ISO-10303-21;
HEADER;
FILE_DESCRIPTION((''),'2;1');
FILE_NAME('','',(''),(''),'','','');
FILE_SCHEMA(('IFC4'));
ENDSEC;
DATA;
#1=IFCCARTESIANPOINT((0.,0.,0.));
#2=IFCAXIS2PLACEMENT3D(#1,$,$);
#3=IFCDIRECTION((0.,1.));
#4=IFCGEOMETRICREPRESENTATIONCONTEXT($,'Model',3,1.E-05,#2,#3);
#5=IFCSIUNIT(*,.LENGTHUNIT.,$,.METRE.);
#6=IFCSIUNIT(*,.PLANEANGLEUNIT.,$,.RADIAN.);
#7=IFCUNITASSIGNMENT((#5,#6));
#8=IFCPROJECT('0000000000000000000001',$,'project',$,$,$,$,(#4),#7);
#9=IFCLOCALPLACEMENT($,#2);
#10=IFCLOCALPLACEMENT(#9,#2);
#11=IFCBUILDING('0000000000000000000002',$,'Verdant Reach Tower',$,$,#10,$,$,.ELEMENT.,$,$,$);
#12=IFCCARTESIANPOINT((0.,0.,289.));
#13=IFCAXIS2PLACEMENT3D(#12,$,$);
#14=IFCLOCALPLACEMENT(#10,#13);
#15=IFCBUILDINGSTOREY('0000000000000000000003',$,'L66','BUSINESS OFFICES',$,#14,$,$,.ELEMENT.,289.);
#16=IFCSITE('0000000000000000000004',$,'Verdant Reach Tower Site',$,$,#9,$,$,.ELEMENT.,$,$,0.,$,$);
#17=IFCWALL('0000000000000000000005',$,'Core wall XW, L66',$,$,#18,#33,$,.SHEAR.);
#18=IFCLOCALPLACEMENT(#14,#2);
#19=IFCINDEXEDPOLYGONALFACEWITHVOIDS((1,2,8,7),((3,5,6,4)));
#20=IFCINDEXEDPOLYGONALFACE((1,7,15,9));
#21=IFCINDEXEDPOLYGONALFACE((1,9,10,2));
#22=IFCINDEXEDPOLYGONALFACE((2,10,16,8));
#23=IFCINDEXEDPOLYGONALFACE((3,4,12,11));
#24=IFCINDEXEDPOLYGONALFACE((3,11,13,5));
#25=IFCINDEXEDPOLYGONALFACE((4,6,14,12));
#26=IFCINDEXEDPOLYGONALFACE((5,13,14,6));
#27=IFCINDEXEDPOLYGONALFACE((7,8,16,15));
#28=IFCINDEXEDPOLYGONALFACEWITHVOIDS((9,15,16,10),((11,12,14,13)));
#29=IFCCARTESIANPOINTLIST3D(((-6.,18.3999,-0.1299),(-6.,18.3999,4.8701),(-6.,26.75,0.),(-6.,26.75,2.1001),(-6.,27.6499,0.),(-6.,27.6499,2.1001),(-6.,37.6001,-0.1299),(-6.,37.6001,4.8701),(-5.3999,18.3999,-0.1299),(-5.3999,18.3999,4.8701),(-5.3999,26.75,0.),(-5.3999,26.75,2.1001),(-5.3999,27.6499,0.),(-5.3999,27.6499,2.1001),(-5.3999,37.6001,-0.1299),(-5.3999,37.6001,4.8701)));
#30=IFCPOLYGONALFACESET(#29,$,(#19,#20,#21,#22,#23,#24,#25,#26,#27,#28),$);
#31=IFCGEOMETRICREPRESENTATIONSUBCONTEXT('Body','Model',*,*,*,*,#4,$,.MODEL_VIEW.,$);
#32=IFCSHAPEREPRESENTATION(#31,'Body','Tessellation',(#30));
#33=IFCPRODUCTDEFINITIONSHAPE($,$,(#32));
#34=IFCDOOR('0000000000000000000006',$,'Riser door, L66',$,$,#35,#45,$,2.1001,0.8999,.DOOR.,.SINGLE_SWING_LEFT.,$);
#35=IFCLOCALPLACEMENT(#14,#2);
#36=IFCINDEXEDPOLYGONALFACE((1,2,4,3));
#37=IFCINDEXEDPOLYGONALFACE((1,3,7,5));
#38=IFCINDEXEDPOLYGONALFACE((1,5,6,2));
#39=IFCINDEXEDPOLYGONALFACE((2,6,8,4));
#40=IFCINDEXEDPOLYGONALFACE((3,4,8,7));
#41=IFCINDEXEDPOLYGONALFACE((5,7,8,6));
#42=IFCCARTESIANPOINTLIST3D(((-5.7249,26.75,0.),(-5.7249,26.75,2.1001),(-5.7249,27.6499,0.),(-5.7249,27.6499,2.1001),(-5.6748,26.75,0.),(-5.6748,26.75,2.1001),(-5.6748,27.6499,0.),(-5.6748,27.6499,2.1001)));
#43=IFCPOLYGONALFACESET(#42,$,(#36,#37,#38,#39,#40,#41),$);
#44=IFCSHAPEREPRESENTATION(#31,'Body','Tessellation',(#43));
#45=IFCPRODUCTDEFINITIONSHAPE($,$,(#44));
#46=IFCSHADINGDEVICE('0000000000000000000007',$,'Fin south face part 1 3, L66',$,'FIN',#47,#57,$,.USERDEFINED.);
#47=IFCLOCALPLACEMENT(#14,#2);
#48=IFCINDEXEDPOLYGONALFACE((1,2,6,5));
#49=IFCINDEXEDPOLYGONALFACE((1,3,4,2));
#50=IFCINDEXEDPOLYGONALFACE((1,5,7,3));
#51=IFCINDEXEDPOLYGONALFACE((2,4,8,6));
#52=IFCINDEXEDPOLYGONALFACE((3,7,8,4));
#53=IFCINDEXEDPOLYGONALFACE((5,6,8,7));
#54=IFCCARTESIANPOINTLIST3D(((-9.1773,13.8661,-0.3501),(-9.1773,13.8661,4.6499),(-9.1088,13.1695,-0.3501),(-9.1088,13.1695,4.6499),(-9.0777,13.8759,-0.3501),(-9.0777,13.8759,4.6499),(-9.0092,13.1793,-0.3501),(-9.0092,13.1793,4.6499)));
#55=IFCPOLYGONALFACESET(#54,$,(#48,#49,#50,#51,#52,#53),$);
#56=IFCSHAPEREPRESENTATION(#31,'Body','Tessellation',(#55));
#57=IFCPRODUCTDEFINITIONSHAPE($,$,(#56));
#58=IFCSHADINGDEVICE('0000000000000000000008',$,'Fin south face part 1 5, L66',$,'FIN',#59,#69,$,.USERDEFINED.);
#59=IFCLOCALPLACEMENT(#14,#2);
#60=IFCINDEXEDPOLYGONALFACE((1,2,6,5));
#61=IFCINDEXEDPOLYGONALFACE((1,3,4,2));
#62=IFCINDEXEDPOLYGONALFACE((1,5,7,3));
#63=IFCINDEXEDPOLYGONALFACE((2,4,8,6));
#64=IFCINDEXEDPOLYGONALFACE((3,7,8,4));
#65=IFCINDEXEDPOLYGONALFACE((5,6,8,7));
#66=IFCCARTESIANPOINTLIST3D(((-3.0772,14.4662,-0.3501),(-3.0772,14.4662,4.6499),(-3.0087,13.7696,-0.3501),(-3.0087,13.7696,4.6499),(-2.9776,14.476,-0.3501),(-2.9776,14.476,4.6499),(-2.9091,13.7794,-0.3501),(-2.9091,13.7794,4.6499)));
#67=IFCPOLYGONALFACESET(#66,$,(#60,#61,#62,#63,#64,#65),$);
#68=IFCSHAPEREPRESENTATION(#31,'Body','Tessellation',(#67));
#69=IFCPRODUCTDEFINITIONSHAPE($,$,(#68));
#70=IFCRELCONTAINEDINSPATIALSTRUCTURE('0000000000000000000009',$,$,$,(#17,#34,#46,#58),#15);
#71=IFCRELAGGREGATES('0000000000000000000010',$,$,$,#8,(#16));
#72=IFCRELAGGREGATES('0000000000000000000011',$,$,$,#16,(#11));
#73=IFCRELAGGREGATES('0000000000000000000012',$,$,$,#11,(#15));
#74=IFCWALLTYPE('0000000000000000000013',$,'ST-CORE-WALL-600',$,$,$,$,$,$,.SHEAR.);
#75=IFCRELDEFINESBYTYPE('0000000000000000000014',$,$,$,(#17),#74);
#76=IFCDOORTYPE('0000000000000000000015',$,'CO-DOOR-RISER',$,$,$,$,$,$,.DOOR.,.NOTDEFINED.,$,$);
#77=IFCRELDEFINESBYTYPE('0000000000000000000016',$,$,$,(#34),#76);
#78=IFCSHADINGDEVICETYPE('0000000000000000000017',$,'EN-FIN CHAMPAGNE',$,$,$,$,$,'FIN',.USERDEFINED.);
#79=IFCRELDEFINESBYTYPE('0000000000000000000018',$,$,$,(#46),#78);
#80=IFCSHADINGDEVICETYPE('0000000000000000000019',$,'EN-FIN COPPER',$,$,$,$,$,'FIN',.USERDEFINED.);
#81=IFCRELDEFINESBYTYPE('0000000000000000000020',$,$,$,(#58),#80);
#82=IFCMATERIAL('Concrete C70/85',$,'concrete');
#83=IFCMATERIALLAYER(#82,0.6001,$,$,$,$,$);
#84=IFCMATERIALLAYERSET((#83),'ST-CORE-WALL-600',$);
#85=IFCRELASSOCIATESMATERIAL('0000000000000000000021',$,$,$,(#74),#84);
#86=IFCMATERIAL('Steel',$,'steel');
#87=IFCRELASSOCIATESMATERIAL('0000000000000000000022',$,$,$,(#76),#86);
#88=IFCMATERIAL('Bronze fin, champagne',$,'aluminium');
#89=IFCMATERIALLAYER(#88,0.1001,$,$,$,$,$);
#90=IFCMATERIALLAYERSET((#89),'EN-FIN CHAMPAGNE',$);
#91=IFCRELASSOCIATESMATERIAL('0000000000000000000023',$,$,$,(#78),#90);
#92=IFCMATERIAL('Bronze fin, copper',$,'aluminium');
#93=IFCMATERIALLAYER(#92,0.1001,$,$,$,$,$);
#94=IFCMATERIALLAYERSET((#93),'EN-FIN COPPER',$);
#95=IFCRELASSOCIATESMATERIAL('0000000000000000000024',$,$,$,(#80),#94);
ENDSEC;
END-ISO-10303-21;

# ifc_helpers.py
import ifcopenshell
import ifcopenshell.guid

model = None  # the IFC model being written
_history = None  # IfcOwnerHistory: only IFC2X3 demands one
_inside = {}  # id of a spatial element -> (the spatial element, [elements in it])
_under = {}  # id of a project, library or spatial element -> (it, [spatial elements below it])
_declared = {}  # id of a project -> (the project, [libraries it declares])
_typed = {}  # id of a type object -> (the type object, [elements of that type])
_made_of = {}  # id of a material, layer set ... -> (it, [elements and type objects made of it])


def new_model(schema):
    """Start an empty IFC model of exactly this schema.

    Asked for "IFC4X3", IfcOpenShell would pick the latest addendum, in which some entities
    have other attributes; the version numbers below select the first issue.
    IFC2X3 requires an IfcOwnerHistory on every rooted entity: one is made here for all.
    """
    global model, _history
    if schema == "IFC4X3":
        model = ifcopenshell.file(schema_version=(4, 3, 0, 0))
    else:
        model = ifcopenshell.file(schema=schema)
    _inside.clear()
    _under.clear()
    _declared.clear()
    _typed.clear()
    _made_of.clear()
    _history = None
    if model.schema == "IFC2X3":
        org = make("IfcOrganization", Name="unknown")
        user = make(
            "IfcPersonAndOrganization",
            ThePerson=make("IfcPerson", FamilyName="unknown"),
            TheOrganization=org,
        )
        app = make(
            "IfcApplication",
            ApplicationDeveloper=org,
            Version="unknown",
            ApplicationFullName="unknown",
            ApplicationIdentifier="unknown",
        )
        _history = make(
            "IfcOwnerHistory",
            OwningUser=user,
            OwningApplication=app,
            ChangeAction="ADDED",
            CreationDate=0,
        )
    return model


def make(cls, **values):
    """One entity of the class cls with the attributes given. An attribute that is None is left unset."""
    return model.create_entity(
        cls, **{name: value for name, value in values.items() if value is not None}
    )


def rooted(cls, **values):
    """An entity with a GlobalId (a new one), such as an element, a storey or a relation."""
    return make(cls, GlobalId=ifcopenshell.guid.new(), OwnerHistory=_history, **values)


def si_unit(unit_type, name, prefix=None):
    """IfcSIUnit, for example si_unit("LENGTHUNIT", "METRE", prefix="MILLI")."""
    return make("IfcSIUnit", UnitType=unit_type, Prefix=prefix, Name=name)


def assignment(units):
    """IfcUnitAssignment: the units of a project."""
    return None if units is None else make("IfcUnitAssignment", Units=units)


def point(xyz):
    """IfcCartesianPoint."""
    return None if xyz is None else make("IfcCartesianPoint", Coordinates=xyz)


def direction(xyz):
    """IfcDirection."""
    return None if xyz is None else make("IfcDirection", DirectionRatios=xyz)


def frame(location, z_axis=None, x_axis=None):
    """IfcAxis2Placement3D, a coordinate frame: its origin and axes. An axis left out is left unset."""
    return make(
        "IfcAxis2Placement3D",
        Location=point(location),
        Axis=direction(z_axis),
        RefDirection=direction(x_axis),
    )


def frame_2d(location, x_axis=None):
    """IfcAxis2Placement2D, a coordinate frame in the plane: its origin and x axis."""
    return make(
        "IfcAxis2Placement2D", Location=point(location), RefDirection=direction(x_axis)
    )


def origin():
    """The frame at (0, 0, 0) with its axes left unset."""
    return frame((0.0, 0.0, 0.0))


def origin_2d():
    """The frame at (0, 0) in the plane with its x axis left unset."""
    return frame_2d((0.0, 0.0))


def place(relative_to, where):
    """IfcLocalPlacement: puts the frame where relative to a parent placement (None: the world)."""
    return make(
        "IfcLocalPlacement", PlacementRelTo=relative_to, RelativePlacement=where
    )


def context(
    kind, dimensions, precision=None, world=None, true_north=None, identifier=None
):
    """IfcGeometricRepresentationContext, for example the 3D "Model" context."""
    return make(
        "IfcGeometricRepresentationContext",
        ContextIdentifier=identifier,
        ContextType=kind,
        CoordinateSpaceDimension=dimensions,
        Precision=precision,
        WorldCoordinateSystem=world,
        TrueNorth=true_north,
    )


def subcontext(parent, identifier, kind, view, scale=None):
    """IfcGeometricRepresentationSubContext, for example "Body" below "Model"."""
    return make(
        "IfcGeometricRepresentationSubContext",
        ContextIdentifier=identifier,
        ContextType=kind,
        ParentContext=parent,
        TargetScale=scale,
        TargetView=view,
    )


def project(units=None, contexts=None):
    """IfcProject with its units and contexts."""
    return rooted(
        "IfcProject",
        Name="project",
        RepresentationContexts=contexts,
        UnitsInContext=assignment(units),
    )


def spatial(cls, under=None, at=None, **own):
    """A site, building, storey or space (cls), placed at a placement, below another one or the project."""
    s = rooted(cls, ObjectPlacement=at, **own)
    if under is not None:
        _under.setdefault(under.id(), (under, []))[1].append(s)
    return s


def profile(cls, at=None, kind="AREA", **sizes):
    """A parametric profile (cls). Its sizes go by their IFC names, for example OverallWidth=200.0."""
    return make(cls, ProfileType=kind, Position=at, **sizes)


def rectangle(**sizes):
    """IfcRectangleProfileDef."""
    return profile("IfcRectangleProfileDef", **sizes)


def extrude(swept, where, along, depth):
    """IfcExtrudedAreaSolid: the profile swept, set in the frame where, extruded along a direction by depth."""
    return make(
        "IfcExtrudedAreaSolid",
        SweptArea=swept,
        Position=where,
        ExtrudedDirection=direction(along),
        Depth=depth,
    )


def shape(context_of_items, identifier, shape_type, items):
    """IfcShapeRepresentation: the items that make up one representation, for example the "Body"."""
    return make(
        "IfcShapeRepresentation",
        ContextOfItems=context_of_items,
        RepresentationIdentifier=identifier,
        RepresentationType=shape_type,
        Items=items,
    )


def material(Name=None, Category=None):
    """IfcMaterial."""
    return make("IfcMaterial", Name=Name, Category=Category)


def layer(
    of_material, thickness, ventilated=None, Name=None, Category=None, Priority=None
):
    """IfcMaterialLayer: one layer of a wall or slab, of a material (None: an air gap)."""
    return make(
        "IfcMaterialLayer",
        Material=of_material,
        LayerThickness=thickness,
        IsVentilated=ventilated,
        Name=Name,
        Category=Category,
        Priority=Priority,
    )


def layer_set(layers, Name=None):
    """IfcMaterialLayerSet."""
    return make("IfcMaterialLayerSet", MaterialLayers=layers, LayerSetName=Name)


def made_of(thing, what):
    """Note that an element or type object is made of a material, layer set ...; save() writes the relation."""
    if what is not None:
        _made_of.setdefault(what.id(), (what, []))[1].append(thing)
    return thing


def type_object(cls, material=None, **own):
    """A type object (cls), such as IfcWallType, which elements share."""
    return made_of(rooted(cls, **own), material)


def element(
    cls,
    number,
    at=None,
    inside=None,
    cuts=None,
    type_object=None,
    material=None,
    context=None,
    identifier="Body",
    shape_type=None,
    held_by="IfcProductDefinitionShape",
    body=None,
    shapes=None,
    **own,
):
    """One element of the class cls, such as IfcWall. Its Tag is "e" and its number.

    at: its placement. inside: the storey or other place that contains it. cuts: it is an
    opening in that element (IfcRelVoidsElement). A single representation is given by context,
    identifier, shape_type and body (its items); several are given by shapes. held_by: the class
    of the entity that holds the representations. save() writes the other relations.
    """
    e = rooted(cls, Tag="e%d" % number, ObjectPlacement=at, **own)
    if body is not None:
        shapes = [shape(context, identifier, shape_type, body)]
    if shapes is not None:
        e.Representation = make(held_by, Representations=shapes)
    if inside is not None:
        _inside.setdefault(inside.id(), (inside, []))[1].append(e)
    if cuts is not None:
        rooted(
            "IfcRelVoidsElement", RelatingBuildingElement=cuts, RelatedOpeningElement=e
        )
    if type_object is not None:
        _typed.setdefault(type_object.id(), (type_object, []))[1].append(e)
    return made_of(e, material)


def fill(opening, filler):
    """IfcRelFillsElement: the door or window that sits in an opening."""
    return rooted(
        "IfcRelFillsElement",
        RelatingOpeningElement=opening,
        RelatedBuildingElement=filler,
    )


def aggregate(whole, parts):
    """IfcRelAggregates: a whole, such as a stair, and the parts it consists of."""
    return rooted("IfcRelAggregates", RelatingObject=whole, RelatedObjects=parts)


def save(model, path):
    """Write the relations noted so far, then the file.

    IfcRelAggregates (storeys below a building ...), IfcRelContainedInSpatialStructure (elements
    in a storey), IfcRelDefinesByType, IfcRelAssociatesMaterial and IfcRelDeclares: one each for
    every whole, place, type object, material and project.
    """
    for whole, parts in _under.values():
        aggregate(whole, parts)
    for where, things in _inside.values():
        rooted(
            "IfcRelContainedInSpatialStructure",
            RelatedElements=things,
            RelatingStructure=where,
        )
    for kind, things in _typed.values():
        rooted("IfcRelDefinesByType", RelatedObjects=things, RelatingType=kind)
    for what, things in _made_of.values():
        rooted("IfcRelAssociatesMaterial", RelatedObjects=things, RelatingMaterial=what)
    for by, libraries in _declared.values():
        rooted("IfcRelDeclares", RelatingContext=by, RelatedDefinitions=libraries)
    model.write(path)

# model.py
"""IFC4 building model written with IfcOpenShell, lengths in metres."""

from ifc_helpers import new_model, si_unit, direction, frame, frame_2d, origin, origin_2d, place, context, subcontext, project, spatial, rectangle, extrude, material, layer, layer_set, type_object, element, fill, save


model = new_model("IFC4")

# Units and contexts
model_context = context("Model", 3, precision=1e-05, world=origin(), true_north=direction((0.0, 1.0)))
body_context = subcontext(model_context, "Body", "Model", "MODEL_VIEW")
ifc_project = project(units=[si_unit("LENGTHUNIT", "METRE"), si_unit("PLANEANGLEUNIT", "RADIAN")], contexts=[model_context])

# Site, building, storey
site_placement = place(None, origin())
site = spatial("IfcSite", under=ifc_project, at=site_placement, Name="Verdant Reach Tower Site", CompositionType="ELEMENT", RefElevation=0.0)
building_placement = place(site_placement, origin())
building = spatial("IfcBuilding", under=site, at=building_placement, Name="Verdant Reach Tower", CompositionType="ELEMENT")
storey_placement = place(building_placement, frame((0.0, 0.0, 289.0)))
storey = spatial("IfcBuildingStorey", under=building, at=storey_placement, Name="L66", Description="BUSINESS OFFICES", CompositionType="ELEMENT", Elevation=289.0)

# Shared definitions
ifc_material_1 = material(Name="Concrete C70/85", Category="concrete")
ifc_layer_1 = layer(ifc_material_1, 0.6001)
ifc_layer_set_1 = layer_set([ifc_layer_1], Name="ST-CORE-WALL-600")
wall_type_1 = type_object("IfcWallType", Name="ST-CORE-WALL-600", PredefinedType="SHEAR", material=ifc_layer_set_1)

# Shared definitions
ifc_material_2 = material(Name="Steel", Category="steel")

# Wall, opening, door
wall_1_placement = place(storey_placement, frame((-5.7, 18.3999, -0.1299), z_axis=(0.0, 0.0, 1.0), x_axis=(0.0, 1.0, 0.0)))
wall_1 = element("IfcWall", 1, at=wall_1_placement, inside=storey, type_object=wall_type_1, Name="Core wall XW, L66", PredefinedType="SHEAR", context=body_context, shape_type="SweptSolid", body=[
    extrude(rectangle(XDim=19.2002, YDim=0.6001, at=frame_2d((9.6001, 0.0))), origin(), (0.0, 0.0, 1.0), 5.0),
])
opening_1_placement = place(wall_1_placement, frame((8.3501, 0.0, 0.1299)))
opening_1 = element("IfcOpeningElement", 2, at=opening_1_placement, cuts=wall_1, PredefinedType="OPENING", context=body_context, shape_type="SweptSolid", body=[
    extrude(rectangle(XDim=0.8999, YDim=2.1001, at=frame_2d((0.45, 1.05))), frame((0.0, 0.3101, 0.0), z_axis=(0.0, -1.0, 0.0), x_axis=(1.0, 0.0, 0.0)), (0.0, 0.0, 1.0), 0.6201),
])
door_type_1 = type_object("IfcDoorType", Name="CO-DOOR-RISER", OperationType="NOTDEFINED", PredefinedType="DOOR", material=ifc_material_2)
door_1_placement = place(opening_1_placement, origin())
door_1 = element("IfcDoor", 3, at=door_1_placement, inside=storey, type_object=door_type_1, Name="Riser door, L66", OperationType="SINGLE_SWING_LEFT", OverallHeight=2.1001, OverallWidth=0.8999, PredefinedType="DOOR", context=body_context, shape_type="SweptSolid", body=[
    extrude(rectangle(XDim=0.8999, YDim=2.1001, at=frame_2d((0.45, 1.05))), frame((0.0, 0.0249, 0.0), z_axis=(0.0, -1.0, 0.0), x_axis=(1.0, 0.0, 0.0)), (0.0, 0.0, 1.0), 0.05),
])
fill(opening_1, door_1)

# Shading devices
ifc_material_3 = material(Name="Bronze fin, champagne", Category="aluminium")
ifc_layer_2 = layer(ifc_material_3, 0.1001)
ifc_layer_set_2 = layer_set([ifc_layer_2], Name="EN-FIN CHAMPAGNE")
shading_device_type_1 = type_object("IfcShadingDeviceType", Name="EN-FIN CHAMPAGNE", ElementType="FIN", PredefinedType="USERDEFINED", material=ifc_layer_set_2)
shading_device_1_placement = place(storey_placement, frame((-9.0933, 13.5227, -0.3501), z_axis=(0.0, 0.0, 1.0), x_axis=(0.995197, 0.097888, 0.0)))
element("IfcShadingDevice", 4, at=shading_device_1_placement, inside=storey, type_object=shading_device_type_1, Name="Fin south face part 1 3, L66", ObjectType="FIN", PredefinedType="USERDEFINED", context=body_context, shape_type="SweptSolid", body=[
    extrude(rectangle(XDim=0.1001, YDim=0.7, at=origin_2d()), origin(), (0.0, 0.0, 1.0), 5.0),
])
ifc_material_4 = material(Name="Bronze fin, copper", Category="aluminium")
ifc_layer_3 = layer(ifc_material_4, 0.1001)
ifc_layer_set_3 = layer_set([ifc_layer_3], Name="EN-FIN COPPER")
shading_device_type_2 = type_object("IfcShadingDeviceType", Name="EN-FIN COPPER", ElementType="FIN", PredefinedType="USERDEFINED", material=ifc_layer_set_3)
shading_device_2_placement = place(storey_placement, frame((-2.9932, 14.1228, -0.3501), z_axis=(0.0, 0.0, 1.0), x_axis=(0.995197, 0.097888, 0.0)))
element("IfcShadingDevice", 5, at=shading_device_2_placement, inside=storey, type_object=shading_device_type_2, Name="Fin south face part 1 5, L66", ObjectType="FIN", PredefinedType="USERDEFINED", context=body_context, shape_type="SweptSolid", body=[
    extrude(rectangle(XDim=0.1001, YDim=0.7, at=origin_2d()), origin(), (0.0, 0.0, 1.0), 5.0),
])

save(model, "model.ifc")
